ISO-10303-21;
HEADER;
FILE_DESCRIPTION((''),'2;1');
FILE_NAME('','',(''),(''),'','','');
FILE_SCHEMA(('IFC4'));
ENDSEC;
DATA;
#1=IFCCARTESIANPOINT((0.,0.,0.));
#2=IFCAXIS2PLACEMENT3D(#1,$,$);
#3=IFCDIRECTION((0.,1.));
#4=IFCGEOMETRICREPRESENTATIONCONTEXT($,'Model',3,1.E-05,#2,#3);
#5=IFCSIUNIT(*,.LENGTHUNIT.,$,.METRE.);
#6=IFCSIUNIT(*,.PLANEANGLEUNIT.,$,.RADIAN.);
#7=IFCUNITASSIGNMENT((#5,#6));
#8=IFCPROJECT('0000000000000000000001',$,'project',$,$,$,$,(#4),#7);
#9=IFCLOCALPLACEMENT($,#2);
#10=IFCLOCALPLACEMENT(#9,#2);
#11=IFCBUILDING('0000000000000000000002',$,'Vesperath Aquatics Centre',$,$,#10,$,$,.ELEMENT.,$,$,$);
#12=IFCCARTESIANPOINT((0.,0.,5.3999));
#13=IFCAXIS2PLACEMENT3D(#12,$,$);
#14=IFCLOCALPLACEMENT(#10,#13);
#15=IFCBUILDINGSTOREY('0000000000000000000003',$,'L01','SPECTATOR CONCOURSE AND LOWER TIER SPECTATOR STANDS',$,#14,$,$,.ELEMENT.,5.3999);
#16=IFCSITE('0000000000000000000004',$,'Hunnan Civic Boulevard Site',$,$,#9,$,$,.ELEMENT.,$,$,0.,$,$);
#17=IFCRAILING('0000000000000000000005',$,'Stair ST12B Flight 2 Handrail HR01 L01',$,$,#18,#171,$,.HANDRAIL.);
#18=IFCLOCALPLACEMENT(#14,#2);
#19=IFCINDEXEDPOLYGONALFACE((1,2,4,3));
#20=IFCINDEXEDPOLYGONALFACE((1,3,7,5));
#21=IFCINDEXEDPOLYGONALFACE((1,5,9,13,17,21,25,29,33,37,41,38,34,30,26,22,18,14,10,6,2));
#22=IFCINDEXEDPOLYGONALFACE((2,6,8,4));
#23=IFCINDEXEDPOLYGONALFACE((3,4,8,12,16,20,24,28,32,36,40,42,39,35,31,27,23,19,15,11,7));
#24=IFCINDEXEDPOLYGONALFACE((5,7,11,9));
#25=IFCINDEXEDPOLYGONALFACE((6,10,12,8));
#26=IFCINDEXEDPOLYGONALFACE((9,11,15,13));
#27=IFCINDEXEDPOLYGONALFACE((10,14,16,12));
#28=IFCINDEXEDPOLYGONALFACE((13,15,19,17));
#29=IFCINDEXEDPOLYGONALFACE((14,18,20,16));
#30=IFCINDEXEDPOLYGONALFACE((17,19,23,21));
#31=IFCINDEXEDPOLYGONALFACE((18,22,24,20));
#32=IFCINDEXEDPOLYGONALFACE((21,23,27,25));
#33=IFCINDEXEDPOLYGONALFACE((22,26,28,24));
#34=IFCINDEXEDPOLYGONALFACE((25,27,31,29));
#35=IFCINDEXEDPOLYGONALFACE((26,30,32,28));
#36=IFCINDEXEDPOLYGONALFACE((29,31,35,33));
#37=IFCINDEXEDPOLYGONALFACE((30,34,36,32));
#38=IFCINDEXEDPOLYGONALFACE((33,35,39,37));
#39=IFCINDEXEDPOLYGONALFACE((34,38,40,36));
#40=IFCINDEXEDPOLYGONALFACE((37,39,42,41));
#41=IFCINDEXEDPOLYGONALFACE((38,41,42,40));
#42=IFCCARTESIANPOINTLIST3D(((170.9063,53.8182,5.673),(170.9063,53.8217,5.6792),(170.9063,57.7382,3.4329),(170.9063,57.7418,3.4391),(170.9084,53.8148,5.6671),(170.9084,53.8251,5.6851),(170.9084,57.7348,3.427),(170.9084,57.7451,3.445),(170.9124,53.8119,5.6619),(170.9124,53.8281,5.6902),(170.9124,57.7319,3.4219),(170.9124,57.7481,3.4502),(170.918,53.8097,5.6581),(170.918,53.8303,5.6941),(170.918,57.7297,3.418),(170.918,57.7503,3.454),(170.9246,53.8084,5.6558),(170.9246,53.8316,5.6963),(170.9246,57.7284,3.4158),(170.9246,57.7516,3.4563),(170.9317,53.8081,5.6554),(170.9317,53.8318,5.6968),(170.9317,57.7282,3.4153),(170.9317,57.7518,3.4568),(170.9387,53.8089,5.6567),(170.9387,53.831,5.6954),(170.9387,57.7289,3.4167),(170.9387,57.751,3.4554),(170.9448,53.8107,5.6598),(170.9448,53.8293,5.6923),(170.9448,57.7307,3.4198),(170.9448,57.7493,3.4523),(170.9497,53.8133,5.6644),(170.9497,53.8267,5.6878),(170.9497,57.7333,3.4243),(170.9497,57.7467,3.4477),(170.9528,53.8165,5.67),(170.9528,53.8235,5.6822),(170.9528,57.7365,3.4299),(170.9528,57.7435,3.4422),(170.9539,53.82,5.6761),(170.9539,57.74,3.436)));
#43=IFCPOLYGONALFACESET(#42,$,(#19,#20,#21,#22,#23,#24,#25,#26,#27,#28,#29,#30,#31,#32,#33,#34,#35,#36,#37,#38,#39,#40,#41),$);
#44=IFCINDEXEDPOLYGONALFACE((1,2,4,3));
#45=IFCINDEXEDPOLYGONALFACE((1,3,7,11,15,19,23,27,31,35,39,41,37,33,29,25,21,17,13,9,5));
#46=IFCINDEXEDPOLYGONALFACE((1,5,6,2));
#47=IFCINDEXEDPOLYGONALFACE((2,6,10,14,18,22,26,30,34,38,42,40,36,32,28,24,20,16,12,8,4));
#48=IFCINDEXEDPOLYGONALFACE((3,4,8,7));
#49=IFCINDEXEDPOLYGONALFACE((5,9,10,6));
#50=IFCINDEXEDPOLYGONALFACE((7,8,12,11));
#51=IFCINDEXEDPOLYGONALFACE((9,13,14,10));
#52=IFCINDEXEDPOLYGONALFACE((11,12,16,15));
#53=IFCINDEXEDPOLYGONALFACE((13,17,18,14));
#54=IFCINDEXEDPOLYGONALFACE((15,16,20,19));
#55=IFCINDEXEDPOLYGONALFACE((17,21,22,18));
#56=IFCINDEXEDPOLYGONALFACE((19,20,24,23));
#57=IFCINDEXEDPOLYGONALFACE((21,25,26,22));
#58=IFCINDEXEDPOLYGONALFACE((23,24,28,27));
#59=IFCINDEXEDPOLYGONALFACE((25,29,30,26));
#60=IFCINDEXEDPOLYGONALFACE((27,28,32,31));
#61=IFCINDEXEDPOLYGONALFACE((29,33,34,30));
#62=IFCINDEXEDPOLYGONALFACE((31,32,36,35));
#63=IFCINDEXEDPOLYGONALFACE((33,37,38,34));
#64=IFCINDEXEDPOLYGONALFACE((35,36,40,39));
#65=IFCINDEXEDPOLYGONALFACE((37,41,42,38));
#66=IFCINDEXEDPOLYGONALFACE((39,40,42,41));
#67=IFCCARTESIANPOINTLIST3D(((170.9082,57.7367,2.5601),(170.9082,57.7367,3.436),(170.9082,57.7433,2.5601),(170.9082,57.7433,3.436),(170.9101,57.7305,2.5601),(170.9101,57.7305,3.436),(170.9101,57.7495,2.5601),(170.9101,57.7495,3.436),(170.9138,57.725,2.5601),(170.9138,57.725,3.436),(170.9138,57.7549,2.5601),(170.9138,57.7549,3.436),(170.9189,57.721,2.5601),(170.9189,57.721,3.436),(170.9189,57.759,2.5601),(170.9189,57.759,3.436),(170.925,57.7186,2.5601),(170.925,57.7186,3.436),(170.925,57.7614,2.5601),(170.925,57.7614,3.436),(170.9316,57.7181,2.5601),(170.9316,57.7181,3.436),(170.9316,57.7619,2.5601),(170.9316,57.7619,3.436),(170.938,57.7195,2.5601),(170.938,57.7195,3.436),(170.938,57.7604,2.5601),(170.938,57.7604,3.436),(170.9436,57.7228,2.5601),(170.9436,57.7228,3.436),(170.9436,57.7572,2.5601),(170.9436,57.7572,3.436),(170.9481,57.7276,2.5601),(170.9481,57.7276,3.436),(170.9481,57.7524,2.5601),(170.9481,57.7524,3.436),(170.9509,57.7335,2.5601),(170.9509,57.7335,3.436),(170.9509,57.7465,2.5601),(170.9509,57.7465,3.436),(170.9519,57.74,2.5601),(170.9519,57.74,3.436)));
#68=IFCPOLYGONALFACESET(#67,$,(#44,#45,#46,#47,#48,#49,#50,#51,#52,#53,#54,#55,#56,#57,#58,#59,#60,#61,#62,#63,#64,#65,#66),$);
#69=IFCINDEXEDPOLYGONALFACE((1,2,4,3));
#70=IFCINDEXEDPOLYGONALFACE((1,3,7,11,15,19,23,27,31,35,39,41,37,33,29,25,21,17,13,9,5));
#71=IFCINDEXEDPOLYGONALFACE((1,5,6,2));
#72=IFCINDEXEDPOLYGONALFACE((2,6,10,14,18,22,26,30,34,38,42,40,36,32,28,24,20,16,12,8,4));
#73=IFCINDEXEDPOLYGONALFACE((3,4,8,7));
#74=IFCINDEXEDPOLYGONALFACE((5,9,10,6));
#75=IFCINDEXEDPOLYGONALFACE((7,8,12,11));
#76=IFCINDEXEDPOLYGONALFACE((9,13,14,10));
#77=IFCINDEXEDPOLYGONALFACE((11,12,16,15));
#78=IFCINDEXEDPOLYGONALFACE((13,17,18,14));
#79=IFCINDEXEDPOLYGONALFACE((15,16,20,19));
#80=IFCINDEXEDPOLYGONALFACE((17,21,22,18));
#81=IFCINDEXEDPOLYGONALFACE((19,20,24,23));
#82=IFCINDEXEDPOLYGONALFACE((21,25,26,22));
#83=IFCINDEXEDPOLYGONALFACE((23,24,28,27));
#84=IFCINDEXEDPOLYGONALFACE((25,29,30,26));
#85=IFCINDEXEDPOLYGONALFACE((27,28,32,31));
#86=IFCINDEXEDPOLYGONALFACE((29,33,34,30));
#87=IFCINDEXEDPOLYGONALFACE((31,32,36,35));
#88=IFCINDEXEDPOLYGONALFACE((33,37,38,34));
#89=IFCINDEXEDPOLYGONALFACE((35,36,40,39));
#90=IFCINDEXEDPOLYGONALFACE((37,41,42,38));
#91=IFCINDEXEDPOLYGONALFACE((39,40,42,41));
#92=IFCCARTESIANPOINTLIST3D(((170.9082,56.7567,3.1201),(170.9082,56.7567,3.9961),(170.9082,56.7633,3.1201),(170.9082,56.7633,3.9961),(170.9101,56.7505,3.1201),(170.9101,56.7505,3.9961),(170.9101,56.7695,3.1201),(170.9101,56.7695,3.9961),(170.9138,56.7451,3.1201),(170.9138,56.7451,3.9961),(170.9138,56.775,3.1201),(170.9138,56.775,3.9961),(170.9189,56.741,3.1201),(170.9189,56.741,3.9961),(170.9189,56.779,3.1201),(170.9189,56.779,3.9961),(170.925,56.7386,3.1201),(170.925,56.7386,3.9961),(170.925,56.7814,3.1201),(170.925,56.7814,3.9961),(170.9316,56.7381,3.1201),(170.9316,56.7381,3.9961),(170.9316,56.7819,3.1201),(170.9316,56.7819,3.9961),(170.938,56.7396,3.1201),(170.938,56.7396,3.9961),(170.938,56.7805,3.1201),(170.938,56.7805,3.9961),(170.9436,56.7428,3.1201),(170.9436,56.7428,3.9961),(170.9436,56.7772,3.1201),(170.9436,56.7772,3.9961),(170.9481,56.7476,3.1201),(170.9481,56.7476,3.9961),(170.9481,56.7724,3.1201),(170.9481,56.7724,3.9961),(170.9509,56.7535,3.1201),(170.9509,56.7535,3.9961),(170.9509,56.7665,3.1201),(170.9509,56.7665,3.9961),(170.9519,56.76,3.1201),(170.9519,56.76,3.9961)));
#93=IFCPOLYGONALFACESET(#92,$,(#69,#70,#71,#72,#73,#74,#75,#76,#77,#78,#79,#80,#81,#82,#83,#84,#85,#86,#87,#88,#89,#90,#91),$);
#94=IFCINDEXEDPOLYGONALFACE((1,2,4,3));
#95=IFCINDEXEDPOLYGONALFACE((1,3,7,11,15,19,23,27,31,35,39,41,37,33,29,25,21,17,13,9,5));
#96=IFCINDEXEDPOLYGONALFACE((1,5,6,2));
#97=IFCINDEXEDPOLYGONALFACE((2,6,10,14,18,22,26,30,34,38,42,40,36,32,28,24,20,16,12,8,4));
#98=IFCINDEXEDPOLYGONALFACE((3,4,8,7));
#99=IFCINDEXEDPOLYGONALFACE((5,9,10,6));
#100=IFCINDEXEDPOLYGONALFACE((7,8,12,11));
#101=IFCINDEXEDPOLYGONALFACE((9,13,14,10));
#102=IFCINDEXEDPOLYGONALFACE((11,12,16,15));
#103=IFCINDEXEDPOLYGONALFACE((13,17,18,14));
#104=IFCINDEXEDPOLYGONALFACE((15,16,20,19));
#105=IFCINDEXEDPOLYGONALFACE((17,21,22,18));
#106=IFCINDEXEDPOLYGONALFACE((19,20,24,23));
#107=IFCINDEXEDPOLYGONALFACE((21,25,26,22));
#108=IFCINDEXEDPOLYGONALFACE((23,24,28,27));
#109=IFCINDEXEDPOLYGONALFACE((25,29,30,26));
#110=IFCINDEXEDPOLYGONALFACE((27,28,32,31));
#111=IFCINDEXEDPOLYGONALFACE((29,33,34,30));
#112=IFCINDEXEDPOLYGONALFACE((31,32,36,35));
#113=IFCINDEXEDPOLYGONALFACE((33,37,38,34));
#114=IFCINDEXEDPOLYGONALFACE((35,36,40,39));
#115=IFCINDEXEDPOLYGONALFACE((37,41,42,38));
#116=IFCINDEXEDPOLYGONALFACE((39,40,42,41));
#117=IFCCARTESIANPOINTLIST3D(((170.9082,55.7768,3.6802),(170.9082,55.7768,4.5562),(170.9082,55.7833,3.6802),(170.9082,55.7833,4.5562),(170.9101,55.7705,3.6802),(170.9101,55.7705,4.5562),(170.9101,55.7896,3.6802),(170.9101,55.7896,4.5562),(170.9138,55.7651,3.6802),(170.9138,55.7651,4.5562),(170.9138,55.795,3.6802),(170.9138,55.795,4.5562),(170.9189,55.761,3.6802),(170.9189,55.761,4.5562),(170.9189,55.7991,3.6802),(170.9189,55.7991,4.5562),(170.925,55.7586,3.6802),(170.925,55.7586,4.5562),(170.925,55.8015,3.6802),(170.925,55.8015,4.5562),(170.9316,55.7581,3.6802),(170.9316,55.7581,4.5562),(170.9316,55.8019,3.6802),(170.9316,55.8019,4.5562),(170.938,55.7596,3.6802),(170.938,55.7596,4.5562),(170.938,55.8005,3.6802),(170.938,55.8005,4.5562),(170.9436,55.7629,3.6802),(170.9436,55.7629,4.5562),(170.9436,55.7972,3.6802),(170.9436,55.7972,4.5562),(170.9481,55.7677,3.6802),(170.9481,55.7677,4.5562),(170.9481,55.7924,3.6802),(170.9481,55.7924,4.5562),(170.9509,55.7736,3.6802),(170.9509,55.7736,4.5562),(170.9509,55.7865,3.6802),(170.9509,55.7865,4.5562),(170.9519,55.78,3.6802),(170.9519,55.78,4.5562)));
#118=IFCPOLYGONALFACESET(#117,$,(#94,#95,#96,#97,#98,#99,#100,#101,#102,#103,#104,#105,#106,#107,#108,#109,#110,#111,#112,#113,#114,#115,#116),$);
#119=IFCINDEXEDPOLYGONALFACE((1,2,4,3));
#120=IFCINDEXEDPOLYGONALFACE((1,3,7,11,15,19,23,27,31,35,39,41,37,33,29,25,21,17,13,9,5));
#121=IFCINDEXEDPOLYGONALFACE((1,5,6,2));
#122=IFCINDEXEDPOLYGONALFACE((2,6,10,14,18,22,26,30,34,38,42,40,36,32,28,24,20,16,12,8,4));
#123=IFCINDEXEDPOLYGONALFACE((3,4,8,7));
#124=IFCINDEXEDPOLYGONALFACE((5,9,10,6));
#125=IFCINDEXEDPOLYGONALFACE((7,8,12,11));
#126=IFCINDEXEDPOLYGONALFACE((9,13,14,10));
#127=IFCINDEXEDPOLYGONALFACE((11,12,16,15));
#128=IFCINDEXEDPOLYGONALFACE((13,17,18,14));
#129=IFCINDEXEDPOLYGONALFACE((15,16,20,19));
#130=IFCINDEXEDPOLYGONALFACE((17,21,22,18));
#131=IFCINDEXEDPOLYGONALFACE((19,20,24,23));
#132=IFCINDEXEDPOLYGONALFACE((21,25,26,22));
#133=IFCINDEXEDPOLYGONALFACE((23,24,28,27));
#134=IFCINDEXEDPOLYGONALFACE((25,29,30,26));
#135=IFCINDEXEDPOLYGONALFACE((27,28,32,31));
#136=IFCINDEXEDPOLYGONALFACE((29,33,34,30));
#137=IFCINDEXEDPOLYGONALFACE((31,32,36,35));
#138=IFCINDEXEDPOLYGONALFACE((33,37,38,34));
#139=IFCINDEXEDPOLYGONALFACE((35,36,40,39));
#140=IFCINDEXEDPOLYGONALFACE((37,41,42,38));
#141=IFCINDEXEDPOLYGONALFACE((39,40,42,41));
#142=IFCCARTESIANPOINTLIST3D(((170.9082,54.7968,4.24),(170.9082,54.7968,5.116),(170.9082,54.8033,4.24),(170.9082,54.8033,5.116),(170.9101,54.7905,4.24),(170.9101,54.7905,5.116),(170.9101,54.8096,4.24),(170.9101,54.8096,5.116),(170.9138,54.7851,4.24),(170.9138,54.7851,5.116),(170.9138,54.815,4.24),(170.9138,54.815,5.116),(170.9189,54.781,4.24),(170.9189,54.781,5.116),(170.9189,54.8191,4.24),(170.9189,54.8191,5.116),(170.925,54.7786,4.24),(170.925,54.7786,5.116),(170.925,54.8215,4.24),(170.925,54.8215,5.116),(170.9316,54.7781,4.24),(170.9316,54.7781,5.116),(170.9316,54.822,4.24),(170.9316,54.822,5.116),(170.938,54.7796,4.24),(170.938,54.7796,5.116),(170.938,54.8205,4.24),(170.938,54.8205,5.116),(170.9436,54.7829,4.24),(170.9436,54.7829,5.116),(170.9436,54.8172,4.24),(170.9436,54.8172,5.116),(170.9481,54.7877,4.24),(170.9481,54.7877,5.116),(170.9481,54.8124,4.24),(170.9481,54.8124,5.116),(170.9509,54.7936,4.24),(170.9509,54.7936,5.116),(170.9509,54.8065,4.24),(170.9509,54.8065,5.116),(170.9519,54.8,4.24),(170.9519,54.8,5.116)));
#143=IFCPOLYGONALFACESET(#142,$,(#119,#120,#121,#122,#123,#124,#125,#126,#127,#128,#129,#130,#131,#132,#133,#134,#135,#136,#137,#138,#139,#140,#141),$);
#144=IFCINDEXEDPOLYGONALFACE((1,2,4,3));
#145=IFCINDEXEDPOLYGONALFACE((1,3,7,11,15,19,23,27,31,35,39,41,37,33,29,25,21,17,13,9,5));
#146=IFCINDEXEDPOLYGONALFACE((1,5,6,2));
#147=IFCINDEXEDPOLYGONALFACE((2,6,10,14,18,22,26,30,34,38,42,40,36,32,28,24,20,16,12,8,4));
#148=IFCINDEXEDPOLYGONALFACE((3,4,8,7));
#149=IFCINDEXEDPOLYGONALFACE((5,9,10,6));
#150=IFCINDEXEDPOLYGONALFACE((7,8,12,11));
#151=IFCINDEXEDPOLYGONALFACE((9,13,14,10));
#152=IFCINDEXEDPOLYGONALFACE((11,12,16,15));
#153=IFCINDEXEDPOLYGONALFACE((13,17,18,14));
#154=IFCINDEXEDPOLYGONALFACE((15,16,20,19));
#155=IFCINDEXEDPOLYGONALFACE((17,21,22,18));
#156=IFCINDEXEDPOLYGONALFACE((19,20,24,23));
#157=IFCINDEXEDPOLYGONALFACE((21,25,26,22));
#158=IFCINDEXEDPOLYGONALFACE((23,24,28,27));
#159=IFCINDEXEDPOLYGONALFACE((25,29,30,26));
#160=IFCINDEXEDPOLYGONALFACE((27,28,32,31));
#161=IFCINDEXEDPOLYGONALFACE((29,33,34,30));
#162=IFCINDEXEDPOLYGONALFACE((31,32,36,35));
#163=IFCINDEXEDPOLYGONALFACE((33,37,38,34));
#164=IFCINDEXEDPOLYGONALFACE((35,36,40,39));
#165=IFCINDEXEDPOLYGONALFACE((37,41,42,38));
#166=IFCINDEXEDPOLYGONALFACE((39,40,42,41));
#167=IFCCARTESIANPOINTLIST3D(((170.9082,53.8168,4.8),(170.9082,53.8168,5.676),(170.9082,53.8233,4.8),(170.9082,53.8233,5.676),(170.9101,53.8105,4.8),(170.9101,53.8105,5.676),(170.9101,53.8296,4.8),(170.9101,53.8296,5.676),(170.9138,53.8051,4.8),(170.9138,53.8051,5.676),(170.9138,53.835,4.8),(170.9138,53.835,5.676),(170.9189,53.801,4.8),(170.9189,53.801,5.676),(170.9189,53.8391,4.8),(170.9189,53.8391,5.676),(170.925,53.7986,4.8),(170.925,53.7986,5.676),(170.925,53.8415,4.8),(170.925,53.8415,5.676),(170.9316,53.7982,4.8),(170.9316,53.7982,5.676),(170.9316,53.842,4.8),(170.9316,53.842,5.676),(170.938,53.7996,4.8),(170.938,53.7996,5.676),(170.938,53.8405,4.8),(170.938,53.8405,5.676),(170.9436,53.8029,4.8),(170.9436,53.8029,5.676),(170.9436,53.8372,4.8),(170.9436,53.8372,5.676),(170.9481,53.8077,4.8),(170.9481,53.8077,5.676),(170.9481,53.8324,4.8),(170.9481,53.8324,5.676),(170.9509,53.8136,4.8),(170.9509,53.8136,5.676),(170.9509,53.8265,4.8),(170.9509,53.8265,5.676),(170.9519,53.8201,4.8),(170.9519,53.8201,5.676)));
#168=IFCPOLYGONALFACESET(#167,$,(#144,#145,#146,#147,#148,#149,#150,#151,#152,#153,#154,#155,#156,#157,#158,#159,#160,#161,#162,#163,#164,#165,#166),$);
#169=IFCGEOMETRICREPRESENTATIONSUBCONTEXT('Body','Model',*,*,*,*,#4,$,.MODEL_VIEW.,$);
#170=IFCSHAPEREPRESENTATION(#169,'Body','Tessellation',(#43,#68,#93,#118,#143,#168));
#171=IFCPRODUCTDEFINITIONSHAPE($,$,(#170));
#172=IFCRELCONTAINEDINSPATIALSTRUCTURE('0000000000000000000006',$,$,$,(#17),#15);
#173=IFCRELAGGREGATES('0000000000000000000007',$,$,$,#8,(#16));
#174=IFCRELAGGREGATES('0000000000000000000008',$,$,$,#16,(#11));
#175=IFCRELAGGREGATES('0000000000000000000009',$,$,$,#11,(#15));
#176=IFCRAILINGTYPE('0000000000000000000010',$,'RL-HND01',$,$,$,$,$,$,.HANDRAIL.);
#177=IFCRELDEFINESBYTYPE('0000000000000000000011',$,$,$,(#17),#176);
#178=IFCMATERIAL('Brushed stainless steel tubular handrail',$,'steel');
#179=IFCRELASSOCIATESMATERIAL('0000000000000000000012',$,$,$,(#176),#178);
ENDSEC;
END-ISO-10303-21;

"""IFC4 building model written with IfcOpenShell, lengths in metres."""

from ifc_helpers import new_model, si_unit, direction, frame, origin, origin_2d, place, context, subcontext, project, spatial, circle, extrude, material, type_object, element, save


model = new_model("IFC4")

# Units and contexts
model_context = context("Model", 3, precision=1e-05, world=origin(), true_north=direction((0.0, 1.0)))
body_context = subcontext(model_context, "Body", "Model", "MODEL_VIEW")
ifc_project = project(units=[si_unit("LENGTHUNIT", "METRE"), si_unit("PLANEANGLEUNIT", "RADIAN")], contexts=[model_context])

# Site, building, storey
site_placement = place(None, origin())
site = spatial("IfcSite", under=ifc_project, at=site_placement, Name="Hunnan Civic Boulevard Site", CompositionType="ELEMENT", RefElevation=0.0)
building_placement = place(site_placement, origin())
building = spatial("IfcBuilding", under=site, at=building_placement, Name="Vesperath Aquatics Centre", CompositionType="ELEMENT")
storey_placement = place(building_placement, frame((0.0, 0.0, 5.3999)))
storey = spatial("IfcBuildingStorey", under=building, at=storey_placement, Name="L01", Description="SPECTATOR CONCOURSE AND LOWER TIER SPECTATOR STANDS", CompositionType="ELEMENT", Elevation=5.3999)

# Railing
ifc_material_1 = material(Name="Brushed stainless steel tubular handrail", Category="steel")
railing_type_1 = type_object("IfcRailingType", Name="RL-HND01", PredefinedType="HANDRAIL", material=ifc_material_1)
railing_1_placement = place(storey_placement, frame((170.9299, 57.74, 2.5601)))
element("IfcRailing", 1, at=railing_1_placement, inside=storey, type_object=railing_type_1, Name="Stair ST12B Flight 2 Handrail HR01 L01", PredefinedType="HANDRAIL", context=body_context, shape_type="SweptSolid", body=[
    extrude(circle(Radius=0.0239, at=origin_2d()), frame((0.0, 0.0, 0.876), z_axis=(0.0, -0.86824, 0.496145), x_axis=(1.0, 0.0, 0.0)), (0.0, 0.0, 1.0), 4.5149),
    extrude(circle(Radius=0.022, at=origin_2d()), origin(), (0.0, 0.0, 1.0), 0.876),
    extrude(circle(Radius=0.022, at=origin_2d()), frame((0.0, -0.98, 0.5601)), (0.0, 0.0, 1.0), 0.876),
    extrude(circle(Radius=0.022, at=origin_2d()), frame((0.0, -1.96, 1.1201)), (0.0, 0.0, 1.0), 0.876),
    extrude(circle(Radius=0.022, at=origin_2d()), frame((0.0, -2.9399, 1.6799)), (0.0, 0.0, 1.0), 0.876),
    extrude(circle(Radius=0.022, at=origin_2d()), frame((0.0, -3.9199, 2.24)), (0.0, 0.0, 1.0), 0.876),
])

save(model, "model.ifc")
